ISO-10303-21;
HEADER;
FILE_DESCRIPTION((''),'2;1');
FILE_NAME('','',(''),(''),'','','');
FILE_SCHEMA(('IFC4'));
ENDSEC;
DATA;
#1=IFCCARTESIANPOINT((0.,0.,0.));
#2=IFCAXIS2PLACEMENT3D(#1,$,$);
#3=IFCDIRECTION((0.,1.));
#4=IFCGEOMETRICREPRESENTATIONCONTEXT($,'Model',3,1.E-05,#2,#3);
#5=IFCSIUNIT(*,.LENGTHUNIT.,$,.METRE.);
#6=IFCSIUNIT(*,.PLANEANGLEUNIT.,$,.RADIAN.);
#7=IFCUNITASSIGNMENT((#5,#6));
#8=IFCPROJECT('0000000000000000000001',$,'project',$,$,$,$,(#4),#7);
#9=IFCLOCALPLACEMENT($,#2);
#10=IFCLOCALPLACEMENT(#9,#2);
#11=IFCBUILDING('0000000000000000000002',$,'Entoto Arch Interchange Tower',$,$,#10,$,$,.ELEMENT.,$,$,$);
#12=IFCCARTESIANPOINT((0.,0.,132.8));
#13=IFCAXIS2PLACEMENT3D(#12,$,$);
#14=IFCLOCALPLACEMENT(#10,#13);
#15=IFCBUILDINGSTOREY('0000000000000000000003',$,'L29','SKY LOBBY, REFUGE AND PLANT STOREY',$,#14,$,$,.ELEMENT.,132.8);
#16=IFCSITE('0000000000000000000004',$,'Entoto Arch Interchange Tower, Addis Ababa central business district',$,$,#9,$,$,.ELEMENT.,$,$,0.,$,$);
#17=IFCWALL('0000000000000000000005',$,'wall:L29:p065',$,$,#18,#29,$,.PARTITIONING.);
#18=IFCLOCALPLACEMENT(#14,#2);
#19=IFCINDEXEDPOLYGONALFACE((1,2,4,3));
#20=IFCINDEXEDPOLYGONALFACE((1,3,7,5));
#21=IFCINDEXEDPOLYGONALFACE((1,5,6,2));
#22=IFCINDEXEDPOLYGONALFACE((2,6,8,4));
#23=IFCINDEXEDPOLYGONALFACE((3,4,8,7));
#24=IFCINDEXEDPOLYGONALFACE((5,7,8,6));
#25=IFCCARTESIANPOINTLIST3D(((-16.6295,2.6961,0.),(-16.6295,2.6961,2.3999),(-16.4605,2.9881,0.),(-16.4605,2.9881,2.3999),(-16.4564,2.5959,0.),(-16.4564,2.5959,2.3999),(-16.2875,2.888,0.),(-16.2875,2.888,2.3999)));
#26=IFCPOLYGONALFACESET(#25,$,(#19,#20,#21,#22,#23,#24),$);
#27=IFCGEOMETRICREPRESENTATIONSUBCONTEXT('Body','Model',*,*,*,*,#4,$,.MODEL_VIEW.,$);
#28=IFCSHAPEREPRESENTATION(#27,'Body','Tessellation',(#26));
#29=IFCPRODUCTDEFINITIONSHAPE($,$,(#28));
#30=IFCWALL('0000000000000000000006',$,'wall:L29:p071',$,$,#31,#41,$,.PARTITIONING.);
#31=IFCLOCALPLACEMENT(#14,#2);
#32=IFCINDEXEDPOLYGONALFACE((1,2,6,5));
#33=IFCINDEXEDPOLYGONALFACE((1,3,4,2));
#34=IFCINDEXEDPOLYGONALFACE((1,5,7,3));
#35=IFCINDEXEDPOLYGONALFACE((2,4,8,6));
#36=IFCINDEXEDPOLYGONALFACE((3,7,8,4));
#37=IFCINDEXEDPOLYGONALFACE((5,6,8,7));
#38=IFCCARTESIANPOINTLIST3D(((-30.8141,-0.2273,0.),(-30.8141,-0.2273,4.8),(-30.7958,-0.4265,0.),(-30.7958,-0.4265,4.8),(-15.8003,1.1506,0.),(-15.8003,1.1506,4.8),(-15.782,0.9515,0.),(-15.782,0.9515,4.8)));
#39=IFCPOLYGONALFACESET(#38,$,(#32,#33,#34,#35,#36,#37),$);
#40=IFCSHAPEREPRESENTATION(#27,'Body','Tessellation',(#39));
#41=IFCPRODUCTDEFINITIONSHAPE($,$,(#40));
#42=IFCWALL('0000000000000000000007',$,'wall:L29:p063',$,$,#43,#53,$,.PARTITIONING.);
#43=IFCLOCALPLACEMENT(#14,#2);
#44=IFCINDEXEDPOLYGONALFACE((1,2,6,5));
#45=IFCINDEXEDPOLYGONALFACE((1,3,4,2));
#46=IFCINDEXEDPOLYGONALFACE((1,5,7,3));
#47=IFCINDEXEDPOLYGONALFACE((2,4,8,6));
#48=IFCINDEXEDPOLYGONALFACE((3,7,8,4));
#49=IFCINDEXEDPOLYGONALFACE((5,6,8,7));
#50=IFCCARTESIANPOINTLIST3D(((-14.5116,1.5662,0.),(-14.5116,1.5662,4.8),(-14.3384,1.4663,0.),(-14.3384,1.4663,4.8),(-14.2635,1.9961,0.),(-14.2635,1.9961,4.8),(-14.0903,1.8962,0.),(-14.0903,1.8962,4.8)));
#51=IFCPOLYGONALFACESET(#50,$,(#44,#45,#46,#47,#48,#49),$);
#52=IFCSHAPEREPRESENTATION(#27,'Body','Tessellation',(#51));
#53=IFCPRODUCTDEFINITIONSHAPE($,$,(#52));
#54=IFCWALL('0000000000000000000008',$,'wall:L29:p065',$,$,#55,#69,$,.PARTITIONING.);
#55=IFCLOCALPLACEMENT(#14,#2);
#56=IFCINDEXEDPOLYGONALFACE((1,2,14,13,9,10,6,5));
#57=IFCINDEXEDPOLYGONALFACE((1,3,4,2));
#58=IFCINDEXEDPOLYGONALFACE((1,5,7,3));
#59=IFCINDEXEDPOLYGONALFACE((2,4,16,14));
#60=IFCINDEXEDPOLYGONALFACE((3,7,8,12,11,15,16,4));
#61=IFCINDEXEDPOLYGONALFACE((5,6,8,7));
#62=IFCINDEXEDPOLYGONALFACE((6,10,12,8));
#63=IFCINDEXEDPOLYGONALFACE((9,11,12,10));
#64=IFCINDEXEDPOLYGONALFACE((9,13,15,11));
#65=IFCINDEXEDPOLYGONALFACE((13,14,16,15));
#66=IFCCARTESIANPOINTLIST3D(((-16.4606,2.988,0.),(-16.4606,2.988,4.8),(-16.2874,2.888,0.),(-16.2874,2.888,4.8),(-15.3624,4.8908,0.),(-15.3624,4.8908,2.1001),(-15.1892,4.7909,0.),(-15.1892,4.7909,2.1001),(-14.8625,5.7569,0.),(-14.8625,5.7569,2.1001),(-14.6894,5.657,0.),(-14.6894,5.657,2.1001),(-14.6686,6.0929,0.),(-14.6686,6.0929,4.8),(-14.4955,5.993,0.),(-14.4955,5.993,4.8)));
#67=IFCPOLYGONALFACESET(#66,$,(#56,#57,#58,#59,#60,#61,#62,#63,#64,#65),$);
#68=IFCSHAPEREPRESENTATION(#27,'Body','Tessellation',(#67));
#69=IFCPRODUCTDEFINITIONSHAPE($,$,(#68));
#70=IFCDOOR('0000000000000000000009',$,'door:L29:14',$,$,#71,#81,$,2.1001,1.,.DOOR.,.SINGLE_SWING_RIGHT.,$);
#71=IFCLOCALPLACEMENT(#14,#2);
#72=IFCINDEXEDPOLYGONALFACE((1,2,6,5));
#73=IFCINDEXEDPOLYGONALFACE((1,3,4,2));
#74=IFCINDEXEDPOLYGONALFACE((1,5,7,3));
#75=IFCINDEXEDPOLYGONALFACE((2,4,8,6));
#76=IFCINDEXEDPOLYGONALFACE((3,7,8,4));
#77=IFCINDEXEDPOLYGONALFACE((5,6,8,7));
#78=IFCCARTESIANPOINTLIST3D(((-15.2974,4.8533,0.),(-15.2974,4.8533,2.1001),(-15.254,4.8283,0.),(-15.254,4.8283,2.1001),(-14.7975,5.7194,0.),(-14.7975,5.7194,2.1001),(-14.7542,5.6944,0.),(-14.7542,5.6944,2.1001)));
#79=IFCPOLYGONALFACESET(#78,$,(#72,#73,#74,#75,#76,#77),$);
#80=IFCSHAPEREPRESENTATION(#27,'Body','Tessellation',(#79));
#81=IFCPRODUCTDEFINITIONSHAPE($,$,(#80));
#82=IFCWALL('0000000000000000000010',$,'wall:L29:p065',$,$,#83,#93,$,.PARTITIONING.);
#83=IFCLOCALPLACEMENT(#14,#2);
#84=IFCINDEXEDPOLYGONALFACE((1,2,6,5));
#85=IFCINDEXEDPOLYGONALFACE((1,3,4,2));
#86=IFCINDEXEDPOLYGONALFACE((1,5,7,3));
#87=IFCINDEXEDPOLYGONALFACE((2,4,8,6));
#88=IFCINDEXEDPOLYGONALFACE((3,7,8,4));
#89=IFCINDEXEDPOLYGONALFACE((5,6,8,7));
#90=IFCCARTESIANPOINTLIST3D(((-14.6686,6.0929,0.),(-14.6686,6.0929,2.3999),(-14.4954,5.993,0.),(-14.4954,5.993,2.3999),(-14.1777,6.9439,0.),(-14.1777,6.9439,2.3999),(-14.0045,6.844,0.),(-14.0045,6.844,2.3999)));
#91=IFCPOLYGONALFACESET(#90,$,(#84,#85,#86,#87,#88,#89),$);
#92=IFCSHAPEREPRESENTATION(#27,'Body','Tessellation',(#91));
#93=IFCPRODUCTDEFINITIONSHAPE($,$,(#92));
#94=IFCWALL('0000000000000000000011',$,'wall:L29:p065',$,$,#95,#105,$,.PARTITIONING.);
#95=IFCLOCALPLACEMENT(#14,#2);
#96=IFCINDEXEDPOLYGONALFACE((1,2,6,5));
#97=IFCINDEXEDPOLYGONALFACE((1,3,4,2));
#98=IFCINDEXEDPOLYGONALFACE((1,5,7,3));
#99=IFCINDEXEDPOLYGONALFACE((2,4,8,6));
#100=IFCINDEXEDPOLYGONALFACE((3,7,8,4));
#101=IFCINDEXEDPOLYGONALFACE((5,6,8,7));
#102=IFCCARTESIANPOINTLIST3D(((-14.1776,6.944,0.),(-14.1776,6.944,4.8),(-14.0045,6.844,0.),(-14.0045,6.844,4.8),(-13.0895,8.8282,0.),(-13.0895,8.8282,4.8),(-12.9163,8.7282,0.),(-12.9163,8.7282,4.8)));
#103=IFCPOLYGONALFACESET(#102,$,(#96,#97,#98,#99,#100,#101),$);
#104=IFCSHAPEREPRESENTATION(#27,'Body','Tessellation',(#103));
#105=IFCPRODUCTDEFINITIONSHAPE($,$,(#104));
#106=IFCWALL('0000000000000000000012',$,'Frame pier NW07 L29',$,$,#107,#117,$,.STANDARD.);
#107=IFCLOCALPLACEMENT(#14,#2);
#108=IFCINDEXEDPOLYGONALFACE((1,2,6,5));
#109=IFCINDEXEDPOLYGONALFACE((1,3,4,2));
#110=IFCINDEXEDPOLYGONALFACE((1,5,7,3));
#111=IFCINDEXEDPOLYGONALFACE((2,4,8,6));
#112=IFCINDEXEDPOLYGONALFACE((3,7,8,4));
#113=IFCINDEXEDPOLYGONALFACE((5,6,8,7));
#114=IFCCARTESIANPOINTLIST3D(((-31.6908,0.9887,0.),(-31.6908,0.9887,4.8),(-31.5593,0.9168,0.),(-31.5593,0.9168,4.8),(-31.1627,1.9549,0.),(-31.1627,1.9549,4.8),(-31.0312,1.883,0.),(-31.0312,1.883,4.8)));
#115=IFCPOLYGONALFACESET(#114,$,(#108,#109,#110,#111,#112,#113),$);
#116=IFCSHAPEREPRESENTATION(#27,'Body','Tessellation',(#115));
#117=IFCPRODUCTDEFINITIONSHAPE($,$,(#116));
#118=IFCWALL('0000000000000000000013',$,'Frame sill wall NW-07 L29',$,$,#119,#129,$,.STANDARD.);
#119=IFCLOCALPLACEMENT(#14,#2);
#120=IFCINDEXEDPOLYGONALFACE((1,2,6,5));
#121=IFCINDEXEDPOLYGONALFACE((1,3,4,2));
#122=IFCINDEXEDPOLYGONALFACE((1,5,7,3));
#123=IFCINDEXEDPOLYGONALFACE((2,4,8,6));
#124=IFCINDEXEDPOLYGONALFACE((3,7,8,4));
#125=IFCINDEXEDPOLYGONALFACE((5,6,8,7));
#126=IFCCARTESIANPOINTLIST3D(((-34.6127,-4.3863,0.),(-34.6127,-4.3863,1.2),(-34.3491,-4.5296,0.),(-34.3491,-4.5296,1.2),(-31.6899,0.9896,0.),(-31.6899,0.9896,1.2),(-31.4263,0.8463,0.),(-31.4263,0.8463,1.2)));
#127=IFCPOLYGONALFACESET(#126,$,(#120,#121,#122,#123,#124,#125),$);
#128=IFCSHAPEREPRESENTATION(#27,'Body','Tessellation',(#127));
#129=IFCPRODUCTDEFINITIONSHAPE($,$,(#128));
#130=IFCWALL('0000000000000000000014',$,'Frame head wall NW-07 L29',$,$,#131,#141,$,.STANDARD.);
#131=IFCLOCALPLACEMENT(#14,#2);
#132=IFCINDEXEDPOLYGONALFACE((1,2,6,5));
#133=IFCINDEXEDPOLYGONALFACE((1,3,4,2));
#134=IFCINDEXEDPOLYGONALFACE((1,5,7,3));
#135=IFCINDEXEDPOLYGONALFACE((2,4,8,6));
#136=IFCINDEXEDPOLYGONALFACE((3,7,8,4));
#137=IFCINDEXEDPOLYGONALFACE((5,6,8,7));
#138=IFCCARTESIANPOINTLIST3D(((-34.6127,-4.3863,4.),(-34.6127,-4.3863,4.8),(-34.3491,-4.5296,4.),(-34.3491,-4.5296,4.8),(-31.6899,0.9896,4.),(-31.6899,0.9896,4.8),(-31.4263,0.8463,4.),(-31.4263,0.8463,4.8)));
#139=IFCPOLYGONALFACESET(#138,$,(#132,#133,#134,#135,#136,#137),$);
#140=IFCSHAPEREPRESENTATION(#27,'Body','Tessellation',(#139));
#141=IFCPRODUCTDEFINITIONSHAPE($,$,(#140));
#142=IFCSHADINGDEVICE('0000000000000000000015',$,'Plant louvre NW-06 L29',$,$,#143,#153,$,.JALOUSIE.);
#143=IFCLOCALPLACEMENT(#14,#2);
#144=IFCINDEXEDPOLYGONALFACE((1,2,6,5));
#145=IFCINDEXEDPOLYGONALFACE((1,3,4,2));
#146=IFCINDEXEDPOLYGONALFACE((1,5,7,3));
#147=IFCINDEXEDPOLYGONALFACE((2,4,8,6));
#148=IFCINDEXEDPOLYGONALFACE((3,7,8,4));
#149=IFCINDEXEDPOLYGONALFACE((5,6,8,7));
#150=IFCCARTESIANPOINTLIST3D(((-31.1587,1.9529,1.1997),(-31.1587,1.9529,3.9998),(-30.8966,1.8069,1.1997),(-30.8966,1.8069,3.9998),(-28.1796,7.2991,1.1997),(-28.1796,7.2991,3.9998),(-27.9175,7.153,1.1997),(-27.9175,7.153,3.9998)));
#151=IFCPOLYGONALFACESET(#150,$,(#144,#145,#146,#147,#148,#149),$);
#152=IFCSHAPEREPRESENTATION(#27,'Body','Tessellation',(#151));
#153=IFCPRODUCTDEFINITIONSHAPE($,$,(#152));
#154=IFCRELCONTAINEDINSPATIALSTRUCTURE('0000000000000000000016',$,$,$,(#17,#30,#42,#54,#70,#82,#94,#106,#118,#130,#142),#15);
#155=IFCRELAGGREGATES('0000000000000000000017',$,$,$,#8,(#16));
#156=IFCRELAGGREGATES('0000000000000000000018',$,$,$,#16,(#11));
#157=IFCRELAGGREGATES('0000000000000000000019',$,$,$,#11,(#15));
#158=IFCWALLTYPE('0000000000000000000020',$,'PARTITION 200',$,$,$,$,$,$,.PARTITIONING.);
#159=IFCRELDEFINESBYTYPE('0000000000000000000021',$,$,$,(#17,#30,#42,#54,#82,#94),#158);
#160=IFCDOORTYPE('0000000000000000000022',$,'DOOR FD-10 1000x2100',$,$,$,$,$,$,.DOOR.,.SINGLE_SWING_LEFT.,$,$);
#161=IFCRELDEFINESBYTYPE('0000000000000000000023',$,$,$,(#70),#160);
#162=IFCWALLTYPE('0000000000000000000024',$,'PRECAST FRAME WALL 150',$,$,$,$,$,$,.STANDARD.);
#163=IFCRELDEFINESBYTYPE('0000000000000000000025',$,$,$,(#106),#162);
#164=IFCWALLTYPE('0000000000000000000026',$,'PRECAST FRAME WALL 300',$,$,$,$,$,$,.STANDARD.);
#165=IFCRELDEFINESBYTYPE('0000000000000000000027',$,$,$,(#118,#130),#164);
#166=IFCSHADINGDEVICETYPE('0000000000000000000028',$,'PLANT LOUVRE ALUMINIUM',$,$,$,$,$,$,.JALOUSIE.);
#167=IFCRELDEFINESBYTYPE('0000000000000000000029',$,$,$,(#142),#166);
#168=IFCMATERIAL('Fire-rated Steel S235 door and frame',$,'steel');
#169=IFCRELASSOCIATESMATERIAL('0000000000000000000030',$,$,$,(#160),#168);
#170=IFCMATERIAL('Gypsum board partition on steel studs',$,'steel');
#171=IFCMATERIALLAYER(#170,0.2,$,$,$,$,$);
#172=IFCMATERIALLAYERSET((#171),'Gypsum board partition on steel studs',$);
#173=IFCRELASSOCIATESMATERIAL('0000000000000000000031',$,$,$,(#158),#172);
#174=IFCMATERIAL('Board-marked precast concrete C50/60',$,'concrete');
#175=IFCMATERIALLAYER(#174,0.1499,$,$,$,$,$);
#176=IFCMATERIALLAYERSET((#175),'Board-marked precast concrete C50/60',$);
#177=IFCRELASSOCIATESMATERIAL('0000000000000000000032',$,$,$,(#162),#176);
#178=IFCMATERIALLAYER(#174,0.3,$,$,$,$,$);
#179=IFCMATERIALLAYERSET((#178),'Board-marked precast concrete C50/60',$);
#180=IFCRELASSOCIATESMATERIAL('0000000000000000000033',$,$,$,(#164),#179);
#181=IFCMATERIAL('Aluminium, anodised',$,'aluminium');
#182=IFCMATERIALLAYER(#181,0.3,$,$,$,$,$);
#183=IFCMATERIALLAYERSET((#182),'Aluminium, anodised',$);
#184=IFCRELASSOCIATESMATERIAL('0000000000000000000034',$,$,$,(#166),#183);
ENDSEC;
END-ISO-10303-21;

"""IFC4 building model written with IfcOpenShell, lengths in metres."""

from ifc_helpers import new_model, si_unit, direction, frame, frame_2d, origin, origin_2d, place, context, subcontext, project, spatial, rectangle, extrude, material, layer, layer_set, type_object, element, fill, save


model = new_model("IFC4")

# Units and contexts
model_context = context("Model", 3, precision=1e-05, world=origin(), true_north=direction((0.0, 1.0)))
body_context = subcontext(model_context, "Body", "Model", "MODEL_VIEW")
ifc_project = project(units=[si_unit("LENGTHUNIT", "METRE"), si_unit("PLANEANGLEUNIT", "RADIAN")], contexts=[model_context])

# Site, building, storey
site_placement = place(None, origin())
site = spatial("IfcSite", under=ifc_project, at=site_placement, Name="Entoto Arch Interchange Tower, Addis Ababa central business district", CompositionType="ELEMENT", RefElevation=0.0)
building_placement = place(site_placement, origin())
building = spatial("IfcBuilding", under=site, at=building_placement, Name="Entoto Arch Interchange Tower", CompositionType="ELEMENT")
storey_placement = place(building_placement, frame((0.0, 0.0, 132.8)))
storey = spatial("IfcBuildingStorey", under=building, at=storey_placement, Name="L29", Description="SKY LOBBY, REFUGE AND PLANT STOREY", CompositionType="ELEMENT", Elevation=132.8)

# Shared definitions
ifc_material_1 = material(Name="Fire-rated Steel S235 door and frame", Category="steel")
door_type = type_object("IfcDoorType", Name="DOOR FD-10 1000x2100", OperationType="SINGLE_SWING_LEFT", PredefinedType="DOOR", material=ifc_material_1)

# Shared definitions
ifc_material_2 = material(Name="Gypsum board partition on steel studs", Category="steel")
ifc_layer_1 = layer(ifc_material_2, 0.2)
ifc_layer_set_1 = layer_set([ifc_layer_1], Name="Gypsum board partition on steel studs")
wall_type_1 = type_object("IfcWallType", Name="PARTITION 200", PredefinedType="PARTITIONING", material=ifc_layer_set_1)

# Walls
wall_1_placement = place(storey_placement, frame((-16.543, 2.646, 0.0), z_axis=(0.0, 0.0, 1.0), x_axis=(0.500808, 0.865558, 0.0)))
element("IfcWall", 1, at=wall_1_placement, inside=storey, type_object=wall_type_1, Name="wall:L29:p065", PredefinedType="PARTITIONING", context=body_context, shape_type="SweptSolid", body=[
    extrude(rectangle(XDim=0.3374, YDim=0.2, at=frame_2d((0.1687, 0.0))), origin(), (0.0, 0.0, 1.0), 2.3999),
])
wall_2_placement = place(storey_placement, frame((-15.791, 1.051, 0.0), z_axis=(0.0, 0.0, 1.0), x_axis=(-0.995815, -0.091393, 0.0)))
element("IfcWall", 2, at=wall_2_placement, inside=storey, type_object=wall_type_1, Name="wall:L29:p071", PredefinedType="PARTITIONING", context=body_context, shape_type="SweptSolid", body=[
    extrude(rectangle(XDim=15.0769, YDim=0.2, at=frame_2d((7.5386, 0.0))), origin(), (0.0, 0.0, 1.0), 4.8),
])
wall_3_placement = place(storey_placement, frame((-14.177, 1.946, 0.0), z_axis=(0.0, 0.0, 1.0), x_axis=(-0.499737, -0.866177, 0.0)))
element("IfcWall", 3, at=wall_3_placement, inside=storey, type_object=wall_type_1, Name="wall:L29:p063", PredefinedType="PARTITIONING", context=body_context, shape_type="SweptSolid", body=[
    extrude(rectangle(XDim=0.4963, YDim=0.2, at=frame_2d((0.248, 0.0))), origin(), (0.0, 0.0, 1.0), 4.8),
])

# Wall, opening, door
wall_4_placement = place(storey_placement, frame((-16.374, 2.938, 0.0), z_axis=(0.0, 0.0, 1.0), x_axis=(0.49986, 0.866106, 0.0)))
wall_4 = element("IfcWall", 4, at=wall_4_placement, inside=storey, type_object=wall_type_1, Name="wall:L29:p065", PredefinedType="PARTITIONING", context=body_context, shape_type="SweptSolid", body=[
    extrude(rectangle(XDim=3.585, YDim=0.2, at=frame_2d((1.7925, 0.0))), origin(), (0.0, 0.0, 1.0), 4.8),
])
opening_1_placement = place(wall_4_placement, frame((2.197, 0.0, 0.0)))
opening_1 = element("IfcOpeningElement", 5, at=opening_1_placement, cuts=wall_4, PredefinedType="OPENING", context=body_context, shape_type="SweptSolid", body=[
    extrude(rectangle(XDim=1.0, YDim=2.1001, at=frame_2d((0.5, 1.05))), frame((0.0, 0.1099, 0.0), z_axis=(0.0, -1.0, 0.0), x_axis=(1.0, 0.0, 0.0)), (0.0, 0.0, 1.0), 0.22),
])
door_1_placement = place(opening_1_placement, origin())
door_1 = element("IfcDoor", 6, at=door_1_placement, inside=storey, type_object=door_type, Name="door:L29:14", OperationType="SINGLE_SWING_RIGHT", OverallHeight=2.1001, OverallWidth=1.0, PredefinedType="DOOR", context=body_context, shape_type="SweptSolid", body=[
    extrude(rectangle(XDim=1.0, YDim=2.1001, at=frame_2d((0.5, 1.05))), frame((0.0, 0.0249, 0.0), z_axis=(0.0, -1.0, 0.0), x_axis=(1.0, 0.0, 0.0)), (0.0, 0.0, 1.0), 0.05),
])
fill(opening_1, door_1)

# Walls
wall_5_placement = place(storey_placement, frame((-14.582, 6.043, 0.0), z_axis=(0.0, 0.0, 1.0), x_axis=(0.499694, 0.866202, 0.0)))
element("IfcWall", 7, at=wall_5_placement, inside=storey, type_object=wall_type_1, Name="wall:L29:p065", PredefinedType="PARTITIONING", context=body_context, shape_type="SweptSolid", body=[
    extrude(rectangle(XDim=0.9824, YDim=0.2, at=frame_2d((0.4912, 0.0))), origin(), (0.0, 0.0, 1.0), 2.3999),
])
wall_6_placement = place(storey_placement, frame((-14.0911, 6.894, 0.0), z_axis=(0.0, 0.0, 1.0), x_axis=(0.500134, 0.865948, 0.0)))
element("IfcWall", 8, at=wall_6_placement, inside=storey, type_object=wall_type_1, Name="wall:L29:p065", PredefinedType="PARTITIONING", context=body_context, shape_type="SweptSolid", body=[
    extrude(rectangle(XDim=2.1758, YDim=0.2, at=frame_2d((1.0879, 0.0))), origin(), (0.0, 0.0, 1.0), 4.8),
])
ifc_material_3 = material(Name="Board-marked precast concrete C50/60", Category="concrete")
ifc_layer_2 = layer(ifc_material_3, 0.1499)
ifc_layer_set_2 = layer_set([ifc_layer_2], Name="Board-marked precast concrete C50/60")
wall_type_2 = type_object("IfcWallType", Name="PRECAST FRAME WALL 150", PredefinedType="STANDARD", material=ifc_layer_set_2)
wall_7_placement = place(storey_placement, frame((-31.0969, 1.9189, 0.0), z_axis=(0.0, 0.0, 1.0), x_axis=(-0.479644, -0.877463, 0.0)))
element("IfcWall", 9, at=wall_7_placement, inside=storey, type_object=wall_type_2, Name="Frame pier NW07 L29", PredefinedType="STANDARD", context=body_context, shape_type="SweptSolid", body=[
    extrude(rectangle(XDim=1.1011, YDim=0.1499, at=frame_2d((0.5505, 0.0))), origin(), (0.0, 0.0, 1.0), 4.8),
])
ifc_layer_3 = layer(ifc_material_3, 0.3)
ifc_layer_set_3 = layer_set([ifc_layer_3], Name="Board-marked precast concrete C50/60")
wall_type_3 = type_object("IfcWallType", Name="PRECAST FRAME WALL 300", PredefinedType="STANDARD", material=ifc_layer_set_3)
wall_8_placement = place(storey_placement, frame((-31.5581, 0.918, 0.0), z_axis=(0.0, 0.0, 1.0), x_axis=(-0.477655, -0.878547, 0.0)))
element("IfcWall", 10, at=wall_8_placement, inside=storey, type_object=wall_type_3, Name="Frame sill wall NW-07 L29", PredefinedType="STANDARD", context=body_context, shape_type="SweptSolid", body=[
    extrude(rectangle(XDim=6.1191, YDim=0.3, at=frame_2d((3.0596, 0.0))), origin(), (0.0, 0.0, 1.0), 1.2),
])
wall_9_placement = place(storey_placement, frame((-31.5581, 0.918, 4.0), z_axis=(0.0, 0.0, 1.0), x_axis=(-0.477655, -0.878547, 0.0)))
element("IfcWall", 11, at=wall_9_placement, inside=storey, type_object=wall_type_3, Name="Frame head wall NW-07 L29", PredefinedType="STANDARD", context=body_context, shape_type="SweptSolid", body=[
    extrude(rectangle(XDim=6.1191, YDim=0.3, at=frame_2d((3.0596, 0.0))), origin(), (0.0, 0.0, 1.0), 0.8),
])

# Shading device
ifc_material_4 = material(Name="Aluminium, anodised", Category="aluminium")
ifc_layer_4 = layer(ifc_material_4, 0.3)
ifc_layer_set_4 = layer_set([ifc_layer_4], Name="Aluminium, anodised")
shading_device_type = type_object("IfcShadingDeviceType", Name="PLANT LOUVRE ALUMINIUM", PredefinedType="JALOUSIE", material=ifc_layer_set_4)
shading_device_placement = place(storey_placement, frame((-29.5381, 4.553, 1.1997), z_axis=(0.0, 0.0, 1.0), x_axis=(-0.486762, -0.873534, 0.0)))
element("IfcShadingDevice", 12, at=shading_device_placement, inside=storey, type_object=shading_device_type, Name="Plant louvre NW-06 L29", PredefinedType="JALOUSIE", context=body_context, shape_type="SweptSolid", body=[
    extrude(rectangle(XDim=6.1201, YDim=0.3, at=origin_2d()), origin(), (0.0, 0.0, 1.0), 2.8),
])

save(model, "model.ifc")
